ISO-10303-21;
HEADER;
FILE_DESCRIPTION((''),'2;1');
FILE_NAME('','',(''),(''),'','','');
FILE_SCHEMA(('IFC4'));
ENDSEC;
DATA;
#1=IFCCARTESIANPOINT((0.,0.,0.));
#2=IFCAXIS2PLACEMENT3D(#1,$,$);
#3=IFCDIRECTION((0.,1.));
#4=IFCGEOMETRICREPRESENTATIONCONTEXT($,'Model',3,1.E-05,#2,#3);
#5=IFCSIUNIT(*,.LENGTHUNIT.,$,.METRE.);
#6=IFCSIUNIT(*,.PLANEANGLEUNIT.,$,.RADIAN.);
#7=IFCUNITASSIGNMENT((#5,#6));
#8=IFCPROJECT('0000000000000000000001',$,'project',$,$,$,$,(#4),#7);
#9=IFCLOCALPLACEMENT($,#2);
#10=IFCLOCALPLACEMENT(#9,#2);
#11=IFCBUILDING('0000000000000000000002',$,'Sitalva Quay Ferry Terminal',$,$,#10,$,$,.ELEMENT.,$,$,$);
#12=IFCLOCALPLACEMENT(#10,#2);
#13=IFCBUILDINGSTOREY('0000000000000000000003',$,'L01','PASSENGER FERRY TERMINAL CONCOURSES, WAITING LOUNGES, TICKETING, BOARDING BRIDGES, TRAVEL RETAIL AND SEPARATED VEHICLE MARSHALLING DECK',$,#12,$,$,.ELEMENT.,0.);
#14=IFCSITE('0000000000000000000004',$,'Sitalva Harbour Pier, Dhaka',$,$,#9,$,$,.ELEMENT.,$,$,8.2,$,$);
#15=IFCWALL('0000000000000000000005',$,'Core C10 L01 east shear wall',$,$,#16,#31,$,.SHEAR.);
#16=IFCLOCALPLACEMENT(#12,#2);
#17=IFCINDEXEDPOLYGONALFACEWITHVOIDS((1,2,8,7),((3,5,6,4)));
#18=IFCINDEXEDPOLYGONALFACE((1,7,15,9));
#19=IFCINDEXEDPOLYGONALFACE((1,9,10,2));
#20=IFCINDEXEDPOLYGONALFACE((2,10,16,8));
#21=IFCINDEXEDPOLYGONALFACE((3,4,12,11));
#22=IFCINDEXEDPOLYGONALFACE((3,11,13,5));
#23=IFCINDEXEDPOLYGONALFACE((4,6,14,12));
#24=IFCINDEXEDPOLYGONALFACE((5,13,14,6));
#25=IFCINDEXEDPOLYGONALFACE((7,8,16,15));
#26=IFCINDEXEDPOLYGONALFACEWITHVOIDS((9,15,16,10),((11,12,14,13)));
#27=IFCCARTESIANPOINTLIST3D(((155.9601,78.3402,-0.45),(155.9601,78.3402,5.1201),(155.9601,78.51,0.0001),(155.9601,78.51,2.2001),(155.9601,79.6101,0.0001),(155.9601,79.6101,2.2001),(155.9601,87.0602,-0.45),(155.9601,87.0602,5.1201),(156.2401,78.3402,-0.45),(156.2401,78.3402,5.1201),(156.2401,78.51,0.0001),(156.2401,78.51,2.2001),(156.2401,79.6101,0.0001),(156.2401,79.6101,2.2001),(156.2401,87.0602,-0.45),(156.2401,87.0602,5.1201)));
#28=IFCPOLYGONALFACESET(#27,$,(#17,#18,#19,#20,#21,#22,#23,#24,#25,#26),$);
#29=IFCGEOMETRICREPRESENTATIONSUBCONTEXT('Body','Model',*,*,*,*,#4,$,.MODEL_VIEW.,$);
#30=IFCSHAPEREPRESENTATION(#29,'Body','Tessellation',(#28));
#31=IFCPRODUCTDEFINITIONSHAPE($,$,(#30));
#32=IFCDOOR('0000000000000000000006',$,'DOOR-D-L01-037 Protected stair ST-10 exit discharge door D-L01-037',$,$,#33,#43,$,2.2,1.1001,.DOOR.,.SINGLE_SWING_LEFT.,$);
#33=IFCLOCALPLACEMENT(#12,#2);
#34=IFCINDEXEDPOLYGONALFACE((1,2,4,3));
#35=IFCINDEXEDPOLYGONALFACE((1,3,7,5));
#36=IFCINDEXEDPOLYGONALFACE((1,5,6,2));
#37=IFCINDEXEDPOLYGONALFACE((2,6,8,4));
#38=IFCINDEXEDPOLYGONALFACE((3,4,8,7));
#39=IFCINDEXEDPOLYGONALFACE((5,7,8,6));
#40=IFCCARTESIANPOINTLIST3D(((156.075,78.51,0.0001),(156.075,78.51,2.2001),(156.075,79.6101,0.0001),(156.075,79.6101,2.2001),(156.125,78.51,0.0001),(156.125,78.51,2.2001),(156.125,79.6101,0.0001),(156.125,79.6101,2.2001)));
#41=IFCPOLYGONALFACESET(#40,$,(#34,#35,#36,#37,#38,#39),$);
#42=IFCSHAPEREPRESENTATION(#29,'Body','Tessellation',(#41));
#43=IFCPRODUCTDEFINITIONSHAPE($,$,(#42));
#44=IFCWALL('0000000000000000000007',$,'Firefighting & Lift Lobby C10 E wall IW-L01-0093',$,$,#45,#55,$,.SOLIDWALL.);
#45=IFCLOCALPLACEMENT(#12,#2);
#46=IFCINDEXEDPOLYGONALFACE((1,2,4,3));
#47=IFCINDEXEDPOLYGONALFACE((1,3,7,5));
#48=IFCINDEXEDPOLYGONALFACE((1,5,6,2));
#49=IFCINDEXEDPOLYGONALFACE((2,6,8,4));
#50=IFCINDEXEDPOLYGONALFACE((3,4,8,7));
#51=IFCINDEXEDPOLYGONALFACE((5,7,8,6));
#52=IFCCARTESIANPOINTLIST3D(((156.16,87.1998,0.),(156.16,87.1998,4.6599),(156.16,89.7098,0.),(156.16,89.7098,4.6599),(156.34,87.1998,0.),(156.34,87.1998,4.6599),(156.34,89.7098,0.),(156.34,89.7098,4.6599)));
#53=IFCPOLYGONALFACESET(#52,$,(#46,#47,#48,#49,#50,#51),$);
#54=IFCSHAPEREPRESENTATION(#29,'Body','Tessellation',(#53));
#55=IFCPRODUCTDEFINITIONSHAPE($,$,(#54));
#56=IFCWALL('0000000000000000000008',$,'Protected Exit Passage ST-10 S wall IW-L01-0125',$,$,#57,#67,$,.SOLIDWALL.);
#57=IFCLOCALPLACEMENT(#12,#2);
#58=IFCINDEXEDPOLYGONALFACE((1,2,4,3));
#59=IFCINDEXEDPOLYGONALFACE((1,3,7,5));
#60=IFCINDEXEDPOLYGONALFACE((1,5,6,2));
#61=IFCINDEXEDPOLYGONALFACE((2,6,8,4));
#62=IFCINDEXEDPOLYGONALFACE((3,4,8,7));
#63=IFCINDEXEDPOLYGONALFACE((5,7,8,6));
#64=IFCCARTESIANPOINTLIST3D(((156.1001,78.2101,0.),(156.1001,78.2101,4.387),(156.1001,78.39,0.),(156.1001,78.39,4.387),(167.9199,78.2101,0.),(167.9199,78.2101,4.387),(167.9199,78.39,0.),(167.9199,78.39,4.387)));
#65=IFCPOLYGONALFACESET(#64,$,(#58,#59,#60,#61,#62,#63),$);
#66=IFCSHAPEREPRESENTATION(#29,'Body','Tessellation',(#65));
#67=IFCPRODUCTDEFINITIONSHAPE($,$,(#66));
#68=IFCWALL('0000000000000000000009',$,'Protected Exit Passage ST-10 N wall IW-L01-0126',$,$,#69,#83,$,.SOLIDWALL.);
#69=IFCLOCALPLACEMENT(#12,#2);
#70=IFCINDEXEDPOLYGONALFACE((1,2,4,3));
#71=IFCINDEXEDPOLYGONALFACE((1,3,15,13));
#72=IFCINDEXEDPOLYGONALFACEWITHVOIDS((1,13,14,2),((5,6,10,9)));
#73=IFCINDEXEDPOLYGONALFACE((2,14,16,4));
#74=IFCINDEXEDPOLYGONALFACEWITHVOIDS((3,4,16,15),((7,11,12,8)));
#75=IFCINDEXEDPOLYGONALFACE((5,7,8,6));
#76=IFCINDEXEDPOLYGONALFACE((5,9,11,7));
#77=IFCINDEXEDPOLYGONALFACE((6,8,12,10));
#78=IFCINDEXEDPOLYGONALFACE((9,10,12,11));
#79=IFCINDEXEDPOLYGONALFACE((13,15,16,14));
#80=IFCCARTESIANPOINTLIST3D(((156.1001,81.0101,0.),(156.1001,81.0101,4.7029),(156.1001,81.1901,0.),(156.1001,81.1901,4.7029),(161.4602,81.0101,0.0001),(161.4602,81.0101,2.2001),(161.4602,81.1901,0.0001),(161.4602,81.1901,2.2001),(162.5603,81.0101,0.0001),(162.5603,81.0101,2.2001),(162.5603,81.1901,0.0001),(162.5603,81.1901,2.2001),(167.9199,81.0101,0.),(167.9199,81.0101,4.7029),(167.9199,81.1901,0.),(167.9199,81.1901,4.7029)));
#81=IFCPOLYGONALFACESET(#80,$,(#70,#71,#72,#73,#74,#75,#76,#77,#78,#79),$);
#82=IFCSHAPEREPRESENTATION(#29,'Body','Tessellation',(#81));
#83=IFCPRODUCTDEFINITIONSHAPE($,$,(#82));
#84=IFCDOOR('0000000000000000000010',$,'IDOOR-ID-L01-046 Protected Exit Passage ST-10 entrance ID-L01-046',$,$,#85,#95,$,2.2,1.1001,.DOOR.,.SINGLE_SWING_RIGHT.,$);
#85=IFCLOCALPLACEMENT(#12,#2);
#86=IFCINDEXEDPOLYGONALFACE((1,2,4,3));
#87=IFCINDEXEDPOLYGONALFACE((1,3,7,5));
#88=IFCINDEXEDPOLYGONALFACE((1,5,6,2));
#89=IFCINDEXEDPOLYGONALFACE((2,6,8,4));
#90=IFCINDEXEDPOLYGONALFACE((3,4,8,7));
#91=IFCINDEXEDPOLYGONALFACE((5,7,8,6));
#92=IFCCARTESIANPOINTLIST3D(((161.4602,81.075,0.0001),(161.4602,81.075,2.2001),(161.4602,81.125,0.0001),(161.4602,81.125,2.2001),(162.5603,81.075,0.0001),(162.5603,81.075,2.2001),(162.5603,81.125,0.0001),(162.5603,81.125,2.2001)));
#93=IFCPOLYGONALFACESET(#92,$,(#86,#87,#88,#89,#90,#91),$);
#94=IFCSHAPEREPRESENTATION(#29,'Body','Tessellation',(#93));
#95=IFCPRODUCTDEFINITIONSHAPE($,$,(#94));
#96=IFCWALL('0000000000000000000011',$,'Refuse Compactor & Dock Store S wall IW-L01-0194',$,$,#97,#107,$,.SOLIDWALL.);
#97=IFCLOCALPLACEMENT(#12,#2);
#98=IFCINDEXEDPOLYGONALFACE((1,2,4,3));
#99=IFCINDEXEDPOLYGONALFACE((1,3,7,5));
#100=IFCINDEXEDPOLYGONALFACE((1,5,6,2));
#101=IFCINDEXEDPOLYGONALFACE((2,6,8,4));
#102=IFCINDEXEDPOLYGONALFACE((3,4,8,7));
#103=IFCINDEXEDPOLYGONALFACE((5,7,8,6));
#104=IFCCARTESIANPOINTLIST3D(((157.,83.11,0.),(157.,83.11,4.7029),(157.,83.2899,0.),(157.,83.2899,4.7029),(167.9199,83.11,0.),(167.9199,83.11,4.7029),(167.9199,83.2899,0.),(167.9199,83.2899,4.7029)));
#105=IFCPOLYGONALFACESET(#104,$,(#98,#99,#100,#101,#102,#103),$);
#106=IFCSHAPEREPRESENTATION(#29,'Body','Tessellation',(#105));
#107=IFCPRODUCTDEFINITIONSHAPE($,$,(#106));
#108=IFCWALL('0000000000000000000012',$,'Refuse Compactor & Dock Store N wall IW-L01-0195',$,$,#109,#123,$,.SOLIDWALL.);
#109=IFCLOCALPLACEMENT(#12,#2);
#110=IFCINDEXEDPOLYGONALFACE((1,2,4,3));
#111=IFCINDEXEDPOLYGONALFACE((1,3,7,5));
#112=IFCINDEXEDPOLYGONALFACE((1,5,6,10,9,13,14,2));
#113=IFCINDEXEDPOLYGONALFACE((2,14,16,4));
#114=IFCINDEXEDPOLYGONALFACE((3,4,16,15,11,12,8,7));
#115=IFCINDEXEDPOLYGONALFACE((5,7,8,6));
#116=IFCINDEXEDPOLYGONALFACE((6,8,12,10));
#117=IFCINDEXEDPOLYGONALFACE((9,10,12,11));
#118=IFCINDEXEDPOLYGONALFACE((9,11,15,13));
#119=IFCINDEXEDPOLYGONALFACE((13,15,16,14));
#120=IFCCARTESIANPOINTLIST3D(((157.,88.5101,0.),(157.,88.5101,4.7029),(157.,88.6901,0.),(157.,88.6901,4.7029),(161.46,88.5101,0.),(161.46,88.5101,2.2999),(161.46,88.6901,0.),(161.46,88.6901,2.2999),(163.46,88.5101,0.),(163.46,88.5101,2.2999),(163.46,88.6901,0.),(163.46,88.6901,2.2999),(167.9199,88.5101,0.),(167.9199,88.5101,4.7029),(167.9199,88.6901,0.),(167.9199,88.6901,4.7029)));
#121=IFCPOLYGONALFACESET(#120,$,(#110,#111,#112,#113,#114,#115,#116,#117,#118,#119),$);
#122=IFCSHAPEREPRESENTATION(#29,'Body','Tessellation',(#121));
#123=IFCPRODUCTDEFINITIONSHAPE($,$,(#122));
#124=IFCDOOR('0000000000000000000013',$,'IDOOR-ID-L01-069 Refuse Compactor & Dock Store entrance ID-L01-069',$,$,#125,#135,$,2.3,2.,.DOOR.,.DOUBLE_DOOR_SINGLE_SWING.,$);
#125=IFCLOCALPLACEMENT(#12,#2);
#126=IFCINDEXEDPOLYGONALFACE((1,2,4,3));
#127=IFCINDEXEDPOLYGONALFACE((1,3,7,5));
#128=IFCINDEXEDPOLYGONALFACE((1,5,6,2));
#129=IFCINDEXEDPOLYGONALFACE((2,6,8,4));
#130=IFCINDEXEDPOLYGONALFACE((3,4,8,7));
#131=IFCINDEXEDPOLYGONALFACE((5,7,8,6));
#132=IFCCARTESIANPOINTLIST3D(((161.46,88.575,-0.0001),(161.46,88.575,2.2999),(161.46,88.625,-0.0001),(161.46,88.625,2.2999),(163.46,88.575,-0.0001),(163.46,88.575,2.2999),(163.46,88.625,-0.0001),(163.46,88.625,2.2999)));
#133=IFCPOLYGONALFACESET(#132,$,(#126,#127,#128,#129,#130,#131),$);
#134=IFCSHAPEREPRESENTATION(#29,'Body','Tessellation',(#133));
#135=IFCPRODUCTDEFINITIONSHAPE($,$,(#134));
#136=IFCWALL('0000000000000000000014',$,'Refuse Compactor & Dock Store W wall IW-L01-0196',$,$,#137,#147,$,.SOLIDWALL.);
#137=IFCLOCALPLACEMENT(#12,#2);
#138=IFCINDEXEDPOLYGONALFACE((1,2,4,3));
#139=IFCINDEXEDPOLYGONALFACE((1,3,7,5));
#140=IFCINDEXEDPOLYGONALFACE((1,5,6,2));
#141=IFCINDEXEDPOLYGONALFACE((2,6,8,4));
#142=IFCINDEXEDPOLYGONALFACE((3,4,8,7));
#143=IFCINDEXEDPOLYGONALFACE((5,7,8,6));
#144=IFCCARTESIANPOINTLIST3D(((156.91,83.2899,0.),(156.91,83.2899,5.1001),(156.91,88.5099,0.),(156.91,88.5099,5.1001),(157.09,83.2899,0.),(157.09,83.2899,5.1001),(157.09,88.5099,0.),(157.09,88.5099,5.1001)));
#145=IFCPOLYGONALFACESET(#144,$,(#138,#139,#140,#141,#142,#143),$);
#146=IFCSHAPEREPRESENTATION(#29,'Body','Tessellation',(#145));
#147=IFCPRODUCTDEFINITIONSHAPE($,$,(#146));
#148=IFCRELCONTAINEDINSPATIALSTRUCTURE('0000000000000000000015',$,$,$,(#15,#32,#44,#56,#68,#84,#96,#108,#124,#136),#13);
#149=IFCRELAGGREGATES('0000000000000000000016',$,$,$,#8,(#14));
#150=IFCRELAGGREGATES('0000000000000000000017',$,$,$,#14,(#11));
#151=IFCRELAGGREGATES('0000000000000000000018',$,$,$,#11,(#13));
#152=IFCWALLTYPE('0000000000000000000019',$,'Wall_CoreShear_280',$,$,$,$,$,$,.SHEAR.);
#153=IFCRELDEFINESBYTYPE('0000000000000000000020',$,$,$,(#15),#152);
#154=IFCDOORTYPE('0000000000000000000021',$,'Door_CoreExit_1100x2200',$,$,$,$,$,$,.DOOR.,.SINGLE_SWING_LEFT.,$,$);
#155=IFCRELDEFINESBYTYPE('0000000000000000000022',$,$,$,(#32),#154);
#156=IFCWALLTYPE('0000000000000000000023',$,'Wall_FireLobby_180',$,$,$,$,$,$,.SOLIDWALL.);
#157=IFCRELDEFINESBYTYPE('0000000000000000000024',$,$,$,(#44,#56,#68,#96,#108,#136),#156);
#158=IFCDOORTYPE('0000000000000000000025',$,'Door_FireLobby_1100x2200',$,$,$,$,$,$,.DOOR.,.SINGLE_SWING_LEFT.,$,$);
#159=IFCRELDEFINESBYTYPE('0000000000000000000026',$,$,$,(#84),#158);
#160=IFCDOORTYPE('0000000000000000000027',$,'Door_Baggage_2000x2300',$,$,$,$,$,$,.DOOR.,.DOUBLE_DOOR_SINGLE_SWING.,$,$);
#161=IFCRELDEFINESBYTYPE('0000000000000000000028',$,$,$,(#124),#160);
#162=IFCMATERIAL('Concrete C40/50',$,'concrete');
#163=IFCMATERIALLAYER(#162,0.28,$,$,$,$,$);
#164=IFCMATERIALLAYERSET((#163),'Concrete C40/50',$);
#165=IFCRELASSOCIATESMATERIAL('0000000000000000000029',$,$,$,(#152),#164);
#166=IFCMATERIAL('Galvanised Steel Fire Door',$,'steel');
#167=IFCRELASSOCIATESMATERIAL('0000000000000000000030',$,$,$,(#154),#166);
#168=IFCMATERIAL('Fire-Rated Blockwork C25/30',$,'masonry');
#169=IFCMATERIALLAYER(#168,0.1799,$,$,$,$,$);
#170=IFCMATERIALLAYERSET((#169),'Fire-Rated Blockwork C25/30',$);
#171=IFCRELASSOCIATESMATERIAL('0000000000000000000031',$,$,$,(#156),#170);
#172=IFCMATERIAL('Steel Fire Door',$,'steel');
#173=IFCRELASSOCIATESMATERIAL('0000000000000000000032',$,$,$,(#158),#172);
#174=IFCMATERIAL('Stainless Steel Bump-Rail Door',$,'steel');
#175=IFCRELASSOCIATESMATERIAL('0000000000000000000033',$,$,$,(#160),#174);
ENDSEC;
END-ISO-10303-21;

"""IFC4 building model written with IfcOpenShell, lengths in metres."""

from ifc_helpers import new_model, si_unit, direction, frame, frame_2d, origin, place, context, subcontext, project, spatial, rectangle, extrude, material, layer, layer_set, type_object, element, fill, save


model = new_model("IFC4")

# Units and contexts
model_context = context("Model", 3, precision=1e-05, world=origin(), true_north=direction((0.0, 1.0)))
body_context = subcontext(model_context, "Body", "Model", "MODEL_VIEW")
ifc_project = project(units=[si_unit("LENGTHUNIT", "METRE"), si_unit("PLANEANGLEUNIT", "RADIAN")], contexts=[model_context])

# Site, building, storey
site_placement = place(None, origin())
site = spatial("IfcSite", under=ifc_project, at=site_placement, Name="Sitalva Harbour Pier, Dhaka", CompositionType="ELEMENT", RefElevation=8.2)
building_placement = place(site_placement, origin())
building = spatial("IfcBuilding", under=site, at=building_placement, Name="Sitalva Quay Ferry Terminal", CompositionType="ELEMENT")
storey_placement = place(building_placement, origin())
storey = spatial("IfcBuildingStorey", under=building, at=storey_placement, Name="L01", Description="PASSENGER FERRY TERMINAL CONCOURSES, WAITING LOUNGES, TICKETING, BOARDING BRIDGES, TRAVEL RETAIL AND SEPARATED VEHICLE MARSHALLING DECK", CompositionType="ELEMENT", Elevation=0.0)

# Wall, opening, door
ifc_material_1 = material(Name="Concrete C40/50", Category="concrete")
ifc_layer_1 = layer(ifc_material_1, 0.28)
ifc_layer_set_1 = layer_set([ifc_layer_1], Name="Concrete C40/50")
wall_type_1 = type_object("IfcWallType", Name="Wall_CoreShear_280", PredefinedType="SHEAR", material=ifc_layer_set_1)
wall_1_placement = place(storey_placement, frame((156.1001, 87.0601, -0.45), z_axis=(0.0, 0.0, 1.0), x_axis=(0.0, -1.0, 0.0)))
wall_1 = element("IfcWall", 1, at=wall_1_placement, inside=storey, type_object=wall_type_1, Name="Core C10 L01 east shear wall", PredefinedType="SHEAR", context=body_context, shape_type="SweptSolid", body=[
    extrude(rectangle(XDim=8.72, YDim=0.28, at=frame_2d((4.3599, 0.0))), origin(), (0.0, 0.0, 1.0), 5.5701),
])
opening_1_placement = place(wall_1_placement, frame((7.45, 0.0, 0.45)))
opening_1 = element("IfcOpeningElement", 2, at=opening_1_placement, cuts=wall_1, PredefinedType="OPENING", context=body_context, shape_type="SweptSolid", body=[
    extrude(rectangle(XDim=1.1001, YDim=2.2, at=frame_2d((0.55, 1.1001))), frame((0.0, 0.1499, 0.0), z_axis=(0.0, -1.0, 0.0), x_axis=(1.0, 0.0, 0.0)), (0.0, 0.0, 1.0), 0.3),
])
ifc_material_2 = material(Name="Galvanised Steel Fire Door", Category="steel")
door_type_1 = type_object("IfcDoorType", Name="Door_CoreExit_1100x2200", OperationType="SINGLE_SWING_LEFT", PredefinedType="DOOR", material=ifc_material_2)
door_1_placement = place(opening_1_placement, origin())
door_1 = element("IfcDoor", 3, at=door_1_placement, inside=storey, type_object=door_type_1, Name="DOOR-D-L01-037 Protected stair ST-10 exit discharge door D-L01-037", OperationType="SINGLE_SWING_LEFT", OverallHeight=2.2, OverallWidth=1.1001, PredefinedType="DOOR", context=body_context, shape_type="SweptSolid", body=[
    extrude(rectangle(XDim=1.1001, YDim=2.2, at=frame_2d((0.55, 1.1001))), frame((0.0, 0.0249, 0.0), z_axis=(0.0, -1.0, 0.0), x_axis=(1.0, 0.0, 0.0)), (0.0, 0.0, 1.0), 0.05),
])
fill(opening_1, door_1)

# Walls
ifc_material_3 = material(Name="Fire-Rated Blockwork C25/30", Category="masonry")
ifc_layer_2 = layer(ifc_material_3, 0.1799)
ifc_layer_set_2 = layer_set([ifc_layer_2], Name="Fire-Rated Blockwork C25/30")
wall_type_2 = type_object("IfcWallType", Name="Wall_FireLobby_180", PredefinedType="SOLIDWALL", material=ifc_layer_set_2)
wall_2_placement = place(storey_placement, frame((156.25, 87.2, 0.0), z_axis=(0.0, 0.0, 1.0), x_axis=(0.0, 1.0, 0.0)))
element("IfcWall", 4, at=wall_2_placement, inside=storey, type_object=wall_type_2, Name="Firefighting & Lift Lobby C10 E wall IW-L01-0093", PredefinedType="SOLIDWALL", context=body_context, shape_type="SweptSolid", body=[
    extrude(rectangle(XDim=2.51, YDim=0.1799, at=frame_2d((1.2549, 0.0))), origin(), (0.0, 0.0, 1.0), 4.6599),
])
wall_3_placement = place(storey_placement, frame((156.1001, 78.3, 0.0), z_axis=(0.0, 0.0, 1.0), x_axis=(1.0, 0.0, 0.0)))
element("IfcWall", 5, at=wall_3_placement, inside=storey, type_object=wall_type_2, Name="Protected Exit Passage ST-10 S wall IW-L01-0125", PredefinedType="SOLIDWALL", context=body_context, shape_type="SweptSolid", body=[
    extrude(rectangle(XDim=11.8198, YDim=0.1799, at=frame_2d((5.9099, 0.0))), origin(), (0.0, 0.0, 1.0), 4.387),
])

# Wall, opening, door
wall_4_placement = place(storey_placement, frame((156.1001, 81.1001, 0.0), z_axis=(0.0, 0.0, 1.0), x_axis=(1.0, 0.0, 0.0)))
wall_4 = element("IfcWall", 6, at=wall_4_placement, inside=storey, type_object=wall_type_2, Name="Protected Exit Passage ST-10 N wall IW-L01-0126", PredefinedType="SOLIDWALL", context=body_context, shape_type="SweptSolid", body=[
    extrude(rectangle(XDim=11.8198, YDim=0.1799, at=frame_2d((5.9099, 0.0))), origin(), (0.0, 0.0, 1.0), 4.7029),
])
opening_2_placement = place(wall_4_placement, frame((5.3601, 0.0, 0.0)))
opening_2 = element("IfcOpeningElement", 7, at=opening_2_placement, cuts=wall_4, PredefinedType="OPENING", context=body_context, shape_type="SweptSolid", body=[
    extrude(rectangle(XDim=1.1001, YDim=2.2, at=frame_2d((0.55, 1.1001))), frame((0.0, 0.0999, 0.0), z_axis=(0.0, -1.0, 0.0), x_axis=(1.0, 0.0, 0.0)), (0.0, 0.0, 1.0), 0.2),
])
ifc_material_4 = material(Name="Steel Fire Door", Category="steel")
door_type_2 = type_object("IfcDoorType", Name="Door_FireLobby_1100x2200", OperationType="SINGLE_SWING_LEFT", PredefinedType="DOOR", material=ifc_material_4)
door_2_placement = place(opening_2_placement, origin())
door_2 = element("IfcDoor", 8, at=door_2_placement, inside=storey, type_object=door_type_2, Name="IDOOR-ID-L01-046 Protected Exit Passage ST-10 entrance ID-L01-046", OperationType="SINGLE_SWING_RIGHT", OverallHeight=2.2, OverallWidth=1.1001, PredefinedType="DOOR", context=body_context, shape_type="SweptSolid", body=[
    extrude(rectangle(XDim=1.1001, YDim=2.2, at=frame_2d((0.55, 1.1001))), frame((0.0, 0.0249, 0.0), z_axis=(0.0, -1.0, 0.0), x_axis=(1.0, 0.0, 0.0)), (0.0, 0.0, 1.0), 0.05),
])
fill(opening_2, door_2)

# Wall
wall_5_placement = place(storey_placement, frame((157.0, 83.2, 0.0), z_axis=(0.0, 0.0, 1.0), x_axis=(1.0, 0.0, 0.0)))
element("IfcWall", 9, at=wall_5_placement, inside=storey, type_object=wall_type_2, Name="Refuse Compactor & Dock Store S wall IW-L01-0194", PredefinedType="SOLIDWALL", context=body_context, shape_type="SweptSolid", body=[
    extrude(rectangle(XDim=10.9199, YDim=0.1799, at=frame_2d((5.46, 0.0))), origin(), (0.0, 0.0, 1.0), 4.7029),
])

# Wall, opening, door
wall_6_placement = place(storey_placement, frame((157.0, 88.6001, 0.0), z_axis=(0.0, 0.0, 1.0), x_axis=(1.0, 0.0, 0.0)))
wall_6 = element("IfcWall", 10, at=wall_6_placement, inside=storey, type_object=wall_type_2, Name="Refuse Compactor & Dock Store N wall IW-L01-0195", PredefinedType="SOLIDWALL", context=body_context, shape_type="SweptSolid", body=[
    extrude(rectangle(XDim=10.9199, YDim=0.1799, at=frame_2d((5.46, 0.0))), origin(), (0.0, 0.0, 1.0), 4.7029),
])
opening_3_placement = place(wall_6_placement, frame((4.46, 0.0, 0.0)))
opening_3 = element("IfcOpeningElement", 11, at=opening_3_placement, cuts=wall_6, PredefinedType="OPENING", context=body_context, shape_type="SweptSolid", body=[
    extrude(rectangle(XDim=2.0, YDim=2.3, at=frame_2d((1.0, 1.1499))), frame((0.0, 0.0999, 0.0), z_axis=(0.0, -1.0, 0.0), x_axis=(1.0, 0.0, 0.0)), (0.0, 0.0, 1.0), 0.2),
])
ifc_material_5 = material(Name="Stainless Steel Bump-Rail Door", Category="steel")
door_type_3 = type_object("IfcDoorType", Name="Door_Baggage_2000x2300", OperationType="DOUBLE_DOOR_SINGLE_SWING", PredefinedType="DOOR", material=ifc_material_5)
door_3_placement = place(opening_3_placement, origin())
door_3 = element("IfcDoor", 12, at=door_3_placement, inside=storey, type_object=door_type_3, Name="IDOOR-ID-L01-069 Refuse Compactor & Dock Store entrance ID-L01-069", OperationType="DOUBLE_DOOR_SINGLE_SWING", OverallHeight=2.3, OverallWidth=2.0, PredefinedType="DOOR", context=body_context, shape_type="SweptSolid", body=[
    extrude(rectangle(XDim=2.0, YDim=2.3, at=frame_2d((1.0, 1.1499))), frame((0.0, 0.0249, 0.0), z_axis=(0.0, -1.0, 0.0), x_axis=(1.0, 0.0, 0.0)), (0.0, 0.0, 1.0), 0.05),
])
fill(opening_3, door_3)

# Wall
wall_7_placement = place(storey_placement, frame((157.0, 83.29, 0.0), z_axis=(0.0, 0.0, 1.0), x_axis=(0.0, 1.0, 0.0)))
element("IfcWall", 13, at=wall_7_placement, inside=storey, type_object=wall_type_2, Name="Refuse Compactor & Dock Store W wall IW-L01-0196", PredefinedType="SOLIDWALL", context=body_context, shape_type="SweptSolid", body=[
    extrude(rectangle(XDim=5.22, YDim=0.1799, at=frame_2d((2.6099, 0.0))), origin(), (0.0, 0.0, 1.0), 5.1001),
])

save(model, "model.ifc")
